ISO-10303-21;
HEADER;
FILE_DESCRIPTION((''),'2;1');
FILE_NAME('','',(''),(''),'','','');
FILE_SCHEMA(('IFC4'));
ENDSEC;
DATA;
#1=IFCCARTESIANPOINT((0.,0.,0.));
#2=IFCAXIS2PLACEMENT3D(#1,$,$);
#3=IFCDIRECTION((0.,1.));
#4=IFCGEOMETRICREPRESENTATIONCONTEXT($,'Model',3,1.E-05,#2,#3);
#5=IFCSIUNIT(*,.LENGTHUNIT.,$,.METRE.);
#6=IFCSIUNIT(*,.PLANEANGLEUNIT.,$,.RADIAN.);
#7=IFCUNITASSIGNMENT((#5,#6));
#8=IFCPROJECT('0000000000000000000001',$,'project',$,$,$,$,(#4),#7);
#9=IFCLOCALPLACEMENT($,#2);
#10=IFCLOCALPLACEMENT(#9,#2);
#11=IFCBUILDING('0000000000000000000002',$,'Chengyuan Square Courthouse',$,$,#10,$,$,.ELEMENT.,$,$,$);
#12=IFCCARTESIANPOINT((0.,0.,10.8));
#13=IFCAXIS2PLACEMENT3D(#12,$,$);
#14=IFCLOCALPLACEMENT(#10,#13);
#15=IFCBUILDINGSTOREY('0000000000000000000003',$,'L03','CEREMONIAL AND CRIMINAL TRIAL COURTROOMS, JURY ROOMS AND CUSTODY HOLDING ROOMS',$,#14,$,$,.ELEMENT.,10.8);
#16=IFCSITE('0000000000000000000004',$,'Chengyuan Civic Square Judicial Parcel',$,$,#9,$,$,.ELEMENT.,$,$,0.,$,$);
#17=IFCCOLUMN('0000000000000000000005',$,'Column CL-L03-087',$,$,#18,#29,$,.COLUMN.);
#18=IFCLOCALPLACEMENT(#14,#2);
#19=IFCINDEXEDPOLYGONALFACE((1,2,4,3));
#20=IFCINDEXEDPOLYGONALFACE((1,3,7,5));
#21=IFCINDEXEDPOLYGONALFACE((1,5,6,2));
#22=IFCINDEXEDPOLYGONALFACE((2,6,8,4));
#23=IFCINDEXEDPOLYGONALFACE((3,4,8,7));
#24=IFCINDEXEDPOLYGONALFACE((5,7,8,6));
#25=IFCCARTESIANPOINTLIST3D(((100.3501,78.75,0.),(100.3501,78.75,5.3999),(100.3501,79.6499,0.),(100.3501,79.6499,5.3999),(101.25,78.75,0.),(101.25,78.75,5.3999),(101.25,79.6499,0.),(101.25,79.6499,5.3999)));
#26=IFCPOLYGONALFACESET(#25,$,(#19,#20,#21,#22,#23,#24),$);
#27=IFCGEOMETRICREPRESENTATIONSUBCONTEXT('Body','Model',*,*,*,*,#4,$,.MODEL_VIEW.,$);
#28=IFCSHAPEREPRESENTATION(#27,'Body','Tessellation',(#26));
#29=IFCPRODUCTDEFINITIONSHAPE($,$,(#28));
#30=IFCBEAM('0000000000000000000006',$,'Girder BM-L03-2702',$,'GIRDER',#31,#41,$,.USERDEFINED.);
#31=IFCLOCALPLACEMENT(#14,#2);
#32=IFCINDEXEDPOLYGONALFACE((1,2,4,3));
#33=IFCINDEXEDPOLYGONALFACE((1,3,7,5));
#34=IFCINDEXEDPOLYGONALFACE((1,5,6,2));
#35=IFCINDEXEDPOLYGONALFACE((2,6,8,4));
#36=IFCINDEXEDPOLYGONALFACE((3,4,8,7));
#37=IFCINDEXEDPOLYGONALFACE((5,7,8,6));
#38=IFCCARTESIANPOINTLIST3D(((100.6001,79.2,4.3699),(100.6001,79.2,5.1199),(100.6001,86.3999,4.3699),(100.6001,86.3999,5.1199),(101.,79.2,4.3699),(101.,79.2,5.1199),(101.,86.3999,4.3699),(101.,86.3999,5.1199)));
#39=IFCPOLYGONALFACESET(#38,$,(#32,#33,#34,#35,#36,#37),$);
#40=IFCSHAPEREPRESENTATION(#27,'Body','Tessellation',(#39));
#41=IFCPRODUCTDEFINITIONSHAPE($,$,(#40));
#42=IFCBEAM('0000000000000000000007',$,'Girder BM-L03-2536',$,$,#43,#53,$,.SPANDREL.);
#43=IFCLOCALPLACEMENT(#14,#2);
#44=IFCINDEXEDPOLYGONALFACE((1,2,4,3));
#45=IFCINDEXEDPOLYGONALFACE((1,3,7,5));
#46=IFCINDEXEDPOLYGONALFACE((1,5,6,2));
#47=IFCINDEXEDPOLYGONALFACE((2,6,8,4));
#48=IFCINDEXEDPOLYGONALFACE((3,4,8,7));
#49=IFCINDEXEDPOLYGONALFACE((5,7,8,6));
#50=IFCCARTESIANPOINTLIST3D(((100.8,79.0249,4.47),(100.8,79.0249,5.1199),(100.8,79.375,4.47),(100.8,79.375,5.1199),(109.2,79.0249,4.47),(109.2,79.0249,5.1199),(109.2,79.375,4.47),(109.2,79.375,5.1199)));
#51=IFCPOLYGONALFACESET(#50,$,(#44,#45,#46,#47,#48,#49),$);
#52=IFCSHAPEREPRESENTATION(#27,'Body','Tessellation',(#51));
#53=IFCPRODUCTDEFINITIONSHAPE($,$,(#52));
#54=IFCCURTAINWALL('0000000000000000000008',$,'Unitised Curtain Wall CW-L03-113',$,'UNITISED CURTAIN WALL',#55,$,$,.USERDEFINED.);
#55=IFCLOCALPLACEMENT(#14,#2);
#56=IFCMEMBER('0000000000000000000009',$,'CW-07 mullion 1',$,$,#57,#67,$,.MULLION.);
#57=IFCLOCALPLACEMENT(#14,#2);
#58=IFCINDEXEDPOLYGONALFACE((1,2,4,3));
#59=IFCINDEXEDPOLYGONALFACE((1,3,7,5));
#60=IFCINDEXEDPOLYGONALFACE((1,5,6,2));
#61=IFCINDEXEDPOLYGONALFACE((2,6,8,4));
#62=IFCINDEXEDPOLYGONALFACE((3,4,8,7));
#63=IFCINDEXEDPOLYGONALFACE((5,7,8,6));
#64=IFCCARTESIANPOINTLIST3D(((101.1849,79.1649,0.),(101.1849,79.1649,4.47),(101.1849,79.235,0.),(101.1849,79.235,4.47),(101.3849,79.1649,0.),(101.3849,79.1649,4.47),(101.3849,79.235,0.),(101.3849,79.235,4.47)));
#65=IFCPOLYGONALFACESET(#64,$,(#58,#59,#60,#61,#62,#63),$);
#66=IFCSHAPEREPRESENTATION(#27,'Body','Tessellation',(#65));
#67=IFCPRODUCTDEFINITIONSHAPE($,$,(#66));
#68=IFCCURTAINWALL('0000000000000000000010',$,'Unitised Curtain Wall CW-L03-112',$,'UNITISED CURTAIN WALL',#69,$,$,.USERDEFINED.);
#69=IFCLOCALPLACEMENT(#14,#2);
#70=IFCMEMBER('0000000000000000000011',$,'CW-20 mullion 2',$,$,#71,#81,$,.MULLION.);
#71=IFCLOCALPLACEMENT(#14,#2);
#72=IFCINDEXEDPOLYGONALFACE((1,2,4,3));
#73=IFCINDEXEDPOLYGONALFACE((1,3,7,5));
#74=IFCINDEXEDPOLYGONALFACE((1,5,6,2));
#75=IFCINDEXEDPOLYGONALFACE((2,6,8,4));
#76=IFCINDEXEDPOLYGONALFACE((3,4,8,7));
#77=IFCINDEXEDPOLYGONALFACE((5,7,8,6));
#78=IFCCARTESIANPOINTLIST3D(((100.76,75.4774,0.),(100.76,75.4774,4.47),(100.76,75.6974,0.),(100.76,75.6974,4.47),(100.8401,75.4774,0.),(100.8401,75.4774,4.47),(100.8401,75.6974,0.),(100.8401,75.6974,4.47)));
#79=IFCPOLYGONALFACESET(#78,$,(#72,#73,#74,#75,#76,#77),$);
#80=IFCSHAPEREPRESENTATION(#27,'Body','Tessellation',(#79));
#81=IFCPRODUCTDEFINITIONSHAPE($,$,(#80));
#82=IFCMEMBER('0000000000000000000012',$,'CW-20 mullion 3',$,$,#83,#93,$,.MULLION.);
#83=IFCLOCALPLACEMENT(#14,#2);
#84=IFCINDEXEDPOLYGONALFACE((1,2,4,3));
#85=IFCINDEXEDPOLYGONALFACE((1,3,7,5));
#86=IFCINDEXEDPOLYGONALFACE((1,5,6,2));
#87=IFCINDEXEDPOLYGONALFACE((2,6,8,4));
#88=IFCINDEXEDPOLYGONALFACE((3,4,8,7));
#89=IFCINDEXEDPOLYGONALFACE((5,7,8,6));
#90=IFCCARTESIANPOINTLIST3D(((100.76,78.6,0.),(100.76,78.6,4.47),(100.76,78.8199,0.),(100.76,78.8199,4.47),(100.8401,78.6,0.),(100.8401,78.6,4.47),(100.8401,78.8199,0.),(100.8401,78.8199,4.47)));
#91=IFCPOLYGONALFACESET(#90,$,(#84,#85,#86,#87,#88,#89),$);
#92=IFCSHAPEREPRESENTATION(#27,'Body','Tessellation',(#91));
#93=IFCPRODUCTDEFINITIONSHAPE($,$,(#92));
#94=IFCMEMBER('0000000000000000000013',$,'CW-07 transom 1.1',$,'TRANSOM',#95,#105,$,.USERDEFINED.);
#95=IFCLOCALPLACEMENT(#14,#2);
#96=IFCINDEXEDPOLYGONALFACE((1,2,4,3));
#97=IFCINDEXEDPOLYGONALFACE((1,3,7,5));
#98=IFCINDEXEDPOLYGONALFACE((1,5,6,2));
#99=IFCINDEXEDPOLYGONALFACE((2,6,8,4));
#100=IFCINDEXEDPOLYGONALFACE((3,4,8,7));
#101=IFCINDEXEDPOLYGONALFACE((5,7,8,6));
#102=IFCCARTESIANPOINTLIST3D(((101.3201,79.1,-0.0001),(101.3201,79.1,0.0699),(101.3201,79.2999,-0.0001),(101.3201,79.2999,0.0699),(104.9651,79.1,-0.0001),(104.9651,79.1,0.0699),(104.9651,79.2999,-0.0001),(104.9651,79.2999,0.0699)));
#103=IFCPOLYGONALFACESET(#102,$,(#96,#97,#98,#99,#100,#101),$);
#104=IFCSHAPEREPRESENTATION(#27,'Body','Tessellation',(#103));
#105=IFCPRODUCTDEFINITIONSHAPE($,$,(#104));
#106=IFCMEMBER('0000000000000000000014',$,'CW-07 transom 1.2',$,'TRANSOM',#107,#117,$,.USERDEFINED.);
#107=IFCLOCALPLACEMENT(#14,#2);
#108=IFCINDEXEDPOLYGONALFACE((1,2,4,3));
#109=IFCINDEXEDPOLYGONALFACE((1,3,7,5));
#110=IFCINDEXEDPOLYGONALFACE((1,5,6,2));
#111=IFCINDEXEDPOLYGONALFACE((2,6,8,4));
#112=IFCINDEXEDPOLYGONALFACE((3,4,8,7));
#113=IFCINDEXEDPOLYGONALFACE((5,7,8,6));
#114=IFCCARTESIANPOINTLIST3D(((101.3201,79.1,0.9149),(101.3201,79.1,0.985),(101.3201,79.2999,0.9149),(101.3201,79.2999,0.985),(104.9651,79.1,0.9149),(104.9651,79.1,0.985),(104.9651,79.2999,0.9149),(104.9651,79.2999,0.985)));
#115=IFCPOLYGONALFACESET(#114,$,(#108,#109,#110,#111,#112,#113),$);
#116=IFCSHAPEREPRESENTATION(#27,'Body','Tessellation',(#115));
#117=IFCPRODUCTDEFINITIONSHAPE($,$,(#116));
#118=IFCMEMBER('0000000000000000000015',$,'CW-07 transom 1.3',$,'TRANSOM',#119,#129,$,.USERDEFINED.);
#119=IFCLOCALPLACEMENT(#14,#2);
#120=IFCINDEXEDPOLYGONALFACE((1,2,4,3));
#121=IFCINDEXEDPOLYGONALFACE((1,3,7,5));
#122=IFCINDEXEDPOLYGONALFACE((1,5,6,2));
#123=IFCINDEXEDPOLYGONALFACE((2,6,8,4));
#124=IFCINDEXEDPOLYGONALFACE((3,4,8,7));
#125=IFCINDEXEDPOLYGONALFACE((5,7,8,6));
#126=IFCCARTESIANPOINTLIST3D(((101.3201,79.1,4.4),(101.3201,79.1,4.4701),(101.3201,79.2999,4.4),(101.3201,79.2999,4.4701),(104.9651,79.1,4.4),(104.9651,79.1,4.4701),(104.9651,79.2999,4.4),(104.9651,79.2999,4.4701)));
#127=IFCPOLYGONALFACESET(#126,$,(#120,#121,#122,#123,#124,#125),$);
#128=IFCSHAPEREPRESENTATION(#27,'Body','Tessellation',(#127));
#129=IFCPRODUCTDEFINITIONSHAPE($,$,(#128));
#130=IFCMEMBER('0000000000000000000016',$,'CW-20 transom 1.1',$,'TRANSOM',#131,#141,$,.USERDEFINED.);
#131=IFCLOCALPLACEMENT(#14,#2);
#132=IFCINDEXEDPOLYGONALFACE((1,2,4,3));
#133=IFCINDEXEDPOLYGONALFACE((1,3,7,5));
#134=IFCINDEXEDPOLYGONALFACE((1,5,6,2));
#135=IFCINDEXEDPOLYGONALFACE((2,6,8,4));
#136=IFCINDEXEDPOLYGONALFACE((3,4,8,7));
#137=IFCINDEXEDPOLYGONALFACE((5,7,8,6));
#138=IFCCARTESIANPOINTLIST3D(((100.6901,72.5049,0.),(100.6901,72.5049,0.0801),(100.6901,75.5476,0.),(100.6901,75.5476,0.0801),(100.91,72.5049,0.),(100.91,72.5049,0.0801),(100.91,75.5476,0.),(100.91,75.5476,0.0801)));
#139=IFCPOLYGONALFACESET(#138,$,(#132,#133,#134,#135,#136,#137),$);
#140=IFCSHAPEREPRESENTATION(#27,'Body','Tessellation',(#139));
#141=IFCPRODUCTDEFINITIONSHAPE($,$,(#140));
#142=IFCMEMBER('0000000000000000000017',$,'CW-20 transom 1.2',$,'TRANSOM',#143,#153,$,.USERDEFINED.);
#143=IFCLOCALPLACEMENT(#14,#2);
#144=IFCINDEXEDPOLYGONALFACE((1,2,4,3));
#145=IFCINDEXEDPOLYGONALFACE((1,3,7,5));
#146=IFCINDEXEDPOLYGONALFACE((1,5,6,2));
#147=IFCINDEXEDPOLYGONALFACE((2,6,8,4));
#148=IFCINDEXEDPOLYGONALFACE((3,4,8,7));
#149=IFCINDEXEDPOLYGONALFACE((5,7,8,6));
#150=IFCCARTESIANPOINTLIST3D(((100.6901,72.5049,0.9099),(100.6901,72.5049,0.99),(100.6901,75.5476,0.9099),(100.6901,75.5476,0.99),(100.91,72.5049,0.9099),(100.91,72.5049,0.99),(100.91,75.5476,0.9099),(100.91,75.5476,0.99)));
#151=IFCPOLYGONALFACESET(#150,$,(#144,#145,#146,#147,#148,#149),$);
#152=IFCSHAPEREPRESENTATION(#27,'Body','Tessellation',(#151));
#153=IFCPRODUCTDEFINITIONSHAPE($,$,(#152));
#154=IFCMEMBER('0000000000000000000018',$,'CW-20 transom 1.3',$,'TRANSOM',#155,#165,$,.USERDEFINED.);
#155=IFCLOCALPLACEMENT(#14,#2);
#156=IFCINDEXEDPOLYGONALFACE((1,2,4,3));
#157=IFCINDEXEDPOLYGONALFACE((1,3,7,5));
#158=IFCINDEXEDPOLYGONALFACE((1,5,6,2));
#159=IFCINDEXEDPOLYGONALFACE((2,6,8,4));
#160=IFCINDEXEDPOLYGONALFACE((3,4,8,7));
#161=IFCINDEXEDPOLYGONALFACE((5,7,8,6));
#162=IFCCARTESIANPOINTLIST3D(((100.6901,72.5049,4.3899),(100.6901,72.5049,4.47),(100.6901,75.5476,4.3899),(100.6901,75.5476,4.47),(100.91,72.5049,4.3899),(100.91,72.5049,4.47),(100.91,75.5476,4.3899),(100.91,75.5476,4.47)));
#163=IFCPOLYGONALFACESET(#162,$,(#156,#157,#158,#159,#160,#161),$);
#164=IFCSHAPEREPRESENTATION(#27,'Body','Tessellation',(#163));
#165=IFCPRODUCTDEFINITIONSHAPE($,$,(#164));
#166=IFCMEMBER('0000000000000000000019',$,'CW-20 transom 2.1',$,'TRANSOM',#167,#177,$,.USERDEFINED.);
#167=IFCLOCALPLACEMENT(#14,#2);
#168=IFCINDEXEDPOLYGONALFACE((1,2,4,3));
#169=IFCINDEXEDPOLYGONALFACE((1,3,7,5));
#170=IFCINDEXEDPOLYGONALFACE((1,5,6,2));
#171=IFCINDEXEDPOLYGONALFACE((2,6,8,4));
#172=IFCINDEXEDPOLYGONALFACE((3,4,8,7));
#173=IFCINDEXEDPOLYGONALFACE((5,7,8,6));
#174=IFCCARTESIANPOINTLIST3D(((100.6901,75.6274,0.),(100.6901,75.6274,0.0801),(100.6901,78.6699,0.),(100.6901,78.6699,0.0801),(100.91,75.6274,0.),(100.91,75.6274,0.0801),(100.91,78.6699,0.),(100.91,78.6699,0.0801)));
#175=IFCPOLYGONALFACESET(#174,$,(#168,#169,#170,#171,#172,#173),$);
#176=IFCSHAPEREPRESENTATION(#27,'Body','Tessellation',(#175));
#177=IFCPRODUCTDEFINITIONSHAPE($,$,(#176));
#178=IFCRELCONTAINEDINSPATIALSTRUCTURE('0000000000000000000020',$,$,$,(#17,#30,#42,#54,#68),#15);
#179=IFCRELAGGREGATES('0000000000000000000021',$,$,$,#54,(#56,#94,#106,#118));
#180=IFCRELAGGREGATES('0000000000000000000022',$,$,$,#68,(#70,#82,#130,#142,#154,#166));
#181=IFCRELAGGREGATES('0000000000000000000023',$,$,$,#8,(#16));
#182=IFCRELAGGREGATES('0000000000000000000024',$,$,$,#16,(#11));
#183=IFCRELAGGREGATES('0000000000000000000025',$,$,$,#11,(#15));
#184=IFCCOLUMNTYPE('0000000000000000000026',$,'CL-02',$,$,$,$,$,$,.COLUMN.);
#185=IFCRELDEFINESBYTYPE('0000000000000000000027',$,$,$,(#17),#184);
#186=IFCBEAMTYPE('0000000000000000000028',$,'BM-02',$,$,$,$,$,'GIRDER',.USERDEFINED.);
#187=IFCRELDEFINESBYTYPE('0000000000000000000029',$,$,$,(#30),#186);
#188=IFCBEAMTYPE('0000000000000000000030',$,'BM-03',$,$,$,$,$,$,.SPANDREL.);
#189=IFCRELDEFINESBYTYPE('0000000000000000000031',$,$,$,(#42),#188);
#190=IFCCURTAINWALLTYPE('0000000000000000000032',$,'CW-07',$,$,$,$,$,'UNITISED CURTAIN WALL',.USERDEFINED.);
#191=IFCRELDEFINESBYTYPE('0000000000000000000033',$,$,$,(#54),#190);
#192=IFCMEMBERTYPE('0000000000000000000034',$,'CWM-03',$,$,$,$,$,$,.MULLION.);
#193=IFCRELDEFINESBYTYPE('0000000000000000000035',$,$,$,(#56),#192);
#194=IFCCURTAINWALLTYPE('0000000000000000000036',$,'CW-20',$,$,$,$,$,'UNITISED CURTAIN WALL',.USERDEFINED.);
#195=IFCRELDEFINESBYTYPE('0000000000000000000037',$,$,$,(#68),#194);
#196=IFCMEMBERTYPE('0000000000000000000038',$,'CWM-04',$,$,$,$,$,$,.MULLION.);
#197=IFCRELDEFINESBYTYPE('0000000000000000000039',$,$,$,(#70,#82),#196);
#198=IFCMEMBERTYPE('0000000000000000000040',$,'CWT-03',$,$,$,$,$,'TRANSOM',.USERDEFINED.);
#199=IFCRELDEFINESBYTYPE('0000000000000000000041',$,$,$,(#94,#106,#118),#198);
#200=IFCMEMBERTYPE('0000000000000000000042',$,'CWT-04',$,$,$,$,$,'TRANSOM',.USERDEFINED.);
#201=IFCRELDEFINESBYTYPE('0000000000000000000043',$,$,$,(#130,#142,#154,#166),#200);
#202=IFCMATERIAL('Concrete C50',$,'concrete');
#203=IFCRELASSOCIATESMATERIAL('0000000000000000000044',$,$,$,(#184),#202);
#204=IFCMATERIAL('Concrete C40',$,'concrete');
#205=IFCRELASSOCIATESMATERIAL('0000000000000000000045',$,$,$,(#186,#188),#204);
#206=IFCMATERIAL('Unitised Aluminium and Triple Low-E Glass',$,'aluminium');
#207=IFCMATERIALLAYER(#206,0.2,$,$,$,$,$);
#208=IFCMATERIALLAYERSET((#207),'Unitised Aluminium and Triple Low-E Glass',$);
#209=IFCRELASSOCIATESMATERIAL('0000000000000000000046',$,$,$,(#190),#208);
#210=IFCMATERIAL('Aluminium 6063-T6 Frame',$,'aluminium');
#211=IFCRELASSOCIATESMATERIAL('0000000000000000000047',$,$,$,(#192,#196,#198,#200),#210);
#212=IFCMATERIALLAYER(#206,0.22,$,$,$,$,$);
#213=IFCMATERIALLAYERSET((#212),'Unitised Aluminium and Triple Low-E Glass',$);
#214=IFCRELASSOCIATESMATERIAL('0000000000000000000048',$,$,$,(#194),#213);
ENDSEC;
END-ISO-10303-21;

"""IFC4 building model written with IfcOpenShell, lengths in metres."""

from ifc_helpers import new_model, si_unit, direction, frame, origin, origin_2d, place, context, subcontext, project, spatial, rectangle, extrude, material, layer, layer_set, material_profile, profile_set, type_object, element, aggregate, save


model = new_model("IFC4")

# Units and contexts
model_context = context("Model", 3, precision=1e-05, world=origin(), true_north=direction((0.0, 1.0)))
body_context = subcontext(model_context, "Body", "Model", "MODEL_VIEW")
ifc_project = project(units=[si_unit("LENGTHUNIT", "METRE"), si_unit("PLANEANGLEUNIT", "RADIAN")], contexts=[model_context])

# Site, building, storey
site_placement = place(None, origin())
site = spatial("IfcSite", under=ifc_project, at=site_placement, Name="Chengyuan Civic Square Judicial Parcel", CompositionType="ELEMENT", RefElevation=0.0)
building_placement = place(site_placement, origin())
building = spatial("IfcBuilding", under=site, at=building_placement, Name="Chengyuan Square Courthouse", CompositionType="ELEMENT")
storey_placement = place(building_placement, frame((0.0, 0.0, 10.8)))
storey = spatial("IfcBuildingStorey", under=building, at=storey_placement, Name="L03", Description="CEREMONIAL AND CRIMINAL TRIAL COURTROOMS, JURY ROOMS AND CUSTODY HOLDING ROOMS", CompositionType="ELEMENT", Elevation=10.8)

# Column
ifc_material_1 = material(Name="Concrete C50", Category="concrete")
ifc_material_profile_1 = material_profile(ifc_material_1, rectangle(XDim=0.8999, YDim=0.8999, at=origin_2d()), Name="RC-COL-900x900")
ifc_profile_set_1 = profile_set([ifc_material_profile_1], Name="Concrete C50")
column_type = type_object("IfcColumnType", Name="CL-02", PredefinedType="COLUMN", material=ifc_profile_set_1)
column_placement = place(storey_placement, frame((100.8, 79.2, 0.0), z_axis=(0.0, 0.0, 1.0), x_axis=(1.0, 0.0, 0.0)))
element("IfcColumn", 1, at=column_placement, inside=storey, type_object=column_type, Name="Column CL-L03-087", PredefinedType="COLUMN", context=body_context, shape_type="SweptSolid", body=[
    extrude(rectangle(XDim=0.8999, YDim=0.8999, at=origin_2d()), origin(), (0.0, 0.0, 1.0), 5.3999),
])

# Beams
ifc_material_2 = material(Name="Concrete C40", Category="concrete")
ifc_material_profile_2 = material_profile(ifc_material_2, rectangle(XDim=0.3999, YDim=0.75, at=origin_2d()), Name="RC-BM-400x750")
ifc_profile_set_2 = profile_set([ifc_material_profile_2], Name="Concrete C40")
beam_type_1 = type_object("IfcBeamType", Name="BM-02", ElementType="GIRDER", PredefinedType="USERDEFINED", material=ifc_profile_set_2)
beam_1_placement = place(storey_placement, frame((100.8, 79.2, 4.7449), z_axis=(0.0, 1.0, 0.0), x_axis=(-1.0, 0.0, 0.0)))
element("IfcBeam", 2, at=beam_1_placement, inside=storey, type_object=beam_type_1, Name="Girder BM-L03-2702", ObjectType="GIRDER", PredefinedType="USERDEFINED", context=body_context, shape_type="SweptSolid", body=[
    extrude(rectangle(XDim=0.3999, YDim=0.75, at=origin_2d()), origin(), (0.0, 0.0, 1.0), 7.2),
])
ifc_material_profile_3 = material_profile(ifc_material_2, rectangle(XDim=0.3501, YDim=0.6499, at=origin_2d()), Name="RC-BM-350x650")
ifc_profile_set_3 = profile_set([ifc_material_profile_3], Name="Concrete C40")
beam_type_2 = type_object("IfcBeamType", Name="BM-03", PredefinedType="SPANDREL", material=ifc_profile_set_3)
beam_2_placement = place(storey_placement, frame((100.8, 79.2, 4.7949), z_axis=(1.0, 0.0, 0.0), x_axis=(0.0, 1.0, 0.0)))
element("IfcBeam", 3, at=beam_2_placement, inside=storey, type_object=beam_type_2, Name="Girder BM-L03-2536", PredefinedType="SPANDREL", context=body_context, shape_type="SweptSolid", body=[
    extrude(rectangle(XDim=0.3501, YDim=0.6499, at=origin_2d()), origin(), (0.0, 0.0, 1.0), 8.3999),
])

# Curtain wall, member
ifc_material_3 = material(Name="Unitised Aluminium and Triple Low-E Glass", Category="aluminium")
ifc_layer_1 = layer(ifc_material_3, 0.2)
ifc_layer_set_1 = layer_set([ifc_layer_1], Name="Unitised Aluminium and Triple Low-E Glass")
curtain_wall_type_1 = type_object("IfcCurtainWallType", Name="CW-07", ElementType="UNITISED CURTAIN WALL", PredefinedType="USERDEFINED", material=ifc_layer_set_1)
curtain_wall_1_placement = place(storey_placement, origin())
curtain_wall_1 = element("IfcCurtainWall", 4, at=curtain_wall_1_placement, inside=storey, type_object=curtain_wall_type_1, Name="Unitised Curtain Wall CW-L03-113", ObjectType="UNITISED CURTAIN WALL", PredefinedType="USERDEFINED")
ifc_material_4 = material(Name="Aluminium 6063-T6 Frame", Category="aluminium")
ifc_material_profile_4 = material_profile(ifc_material_4, rectangle(XDim=0.0701, YDim=0.2, at=origin_2d()), Name="CW-MUL-70x200")
ifc_profile_set_4 = profile_set([ifc_material_profile_4], Name="Aluminium 6063-T6 Frame")
member_type_1 = type_object("IfcMemberType", Name="CWM-03", PredefinedType="MULLION", material=ifc_profile_set_4)
member_1_placement = place(storey_placement, frame((101.2849, 79.2, 0.0), z_axis=(0.0, 0.0, 1.0), x_axis=(0.0, 1.0, 0.0)))
member_1 = element("IfcMember", 5, at=member_1_placement, type_object=member_type_1, Name="CW-07 mullion 1", PredefinedType="MULLION", context=body_context, shape_type="SweptSolid", body=[
    extrude(rectangle(XDim=0.0701, YDim=0.2, at=origin_2d()), origin(), (0.0, 0.0, 1.0), 4.47),
])

# Curtain wall, members
ifc_layer_2 = layer(ifc_material_3, 0.22)
ifc_layer_set_2 = layer_set([ifc_layer_2], Name="Unitised Aluminium and Triple Low-E Glass")
curtain_wall_type_2 = type_object("IfcCurtainWallType", Name="CW-20", ElementType="UNITISED CURTAIN WALL", PredefinedType="USERDEFINED", material=ifc_layer_set_2)
curtain_wall_2_placement = place(storey_placement, origin())
curtain_wall_2 = element("IfcCurtainWall", 6, at=curtain_wall_2_placement, inside=storey, type_object=curtain_wall_type_2, Name="Unitised Curtain Wall CW-L03-112", ObjectType="UNITISED CURTAIN WALL", PredefinedType="USERDEFINED")
ifc_material_profile_5 = material_profile(ifc_material_4, rectangle(XDim=0.0801, YDim=0.22, at=origin_2d()), Name="CW-MUL-80x220")
ifc_profile_set_5 = profile_set([ifc_material_profile_5], Name="Aluminium 6063-T6 Frame")
member_type_2 = type_object("IfcMemberType", Name="CWM-04", PredefinedType="MULLION", material=ifc_profile_set_5)
member_2_placement = place(storey_placement, frame((100.8, 75.5874, 0.0), z_axis=(0.0, 0.0, 1.0), x_axis=(-1.0, 0.0, 0.0)))
member_2 = element("IfcMember", 7, at=member_2_placement, type_object=member_type_2, Name="CW-20 mullion 2", PredefinedType="MULLION", context=body_context, shape_type="SweptSolid", body=[
    extrude(rectangle(XDim=0.0801, YDim=0.22, at=origin_2d()), origin(), (0.0, 0.0, 1.0), 4.47),
])
member_3_placement = place(storey_placement, frame((100.8, 78.71, 0.0), z_axis=(0.0, 0.0, 1.0), x_axis=(-1.0, 0.0, 0.0)))
member_3 = element("IfcMember", 8, at=member_3_placement, type_object=member_type_2, Name="CW-20 mullion 3", PredefinedType="MULLION", context=body_context, shape_type="SweptSolid", body=[
    extrude(rectangle(XDim=0.0801, YDim=0.22, at=origin_2d()), origin(), (0.0, 0.0, 1.0), 4.47),
])

# Members
ifc_material_profile_6 = material_profile(ifc_material_4, rectangle(XDim=0.2, YDim=0.0701, at=origin_2d()), Name="CW-TRN-70x160")
ifc_profile_set_6 = profile_set([ifc_material_profile_6], Name="Aluminium 6063-T6 Frame")
member_type_3 = type_object("IfcMemberType", Name="CWT-03", ElementType="TRANSOM", PredefinedType="USERDEFINED", material=ifc_profile_set_6)
member_4_placement = place(storey_placement, frame((101.3201, 79.2, 0.0349), z_axis=(1.0, 0.0, 0.0), x_axis=(0.0, 1.0, 0.0)))
member_4 = element("IfcMember", 9, at=member_4_placement, type_object=member_type_3, Name="CW-07 transom 1.1", ObjectType="TRANSOM", PredefinedType="USERDEFINED", context=body_context, shape_type="SweptSolid", body=[
    extrude(rectangle(XDim=0.2, YDim=0.0701, at=origin_2d()), origin(), (0.0, 0.0, 1.0), 3.645),
])
member_5_placement = place(storey_placement, frame((101.3201, 79.2, 0.95), z_axis=(1.0, 0.0, 0.0), x_axis=(0.0, 1.0, 0.0)))
member_5 = element("IfcMember", 10, at=member_5_placement, type_object=member_type_3, Name="CW-07 transom 1.2", ObjectType="TRANSOM", PredefinedType="USERDEFINED", context=body_context, shape_type="SweptSolid", body=[
    extrude(rectangle(XDim=0.2, YDim=0.0701, at=origin_2d()), origin(), (0.0, 0.0, 1.0), 3.645),
])
member_6_placement = place(storey_placement, frame((101.3201, 79.2, 4.4351), z_axis=(1.0, 0.0, 0.0), x_axis=(0.0, 1.0, 0.0)))
member_6 = element("IfcMember", 11, at=member_6_placement, type_object=member_type_3, Name="CW-07 transom 1.3", ObjectType="TRANSOM", PredefinedType="USERDEFINED", context=body_context, shape_type="SweptSolid", body=[
    extrude(rectangle(XDim=0.2, YDim=0.0701, at=origin_2d()), origin(), (0.0, 0.0, 1.0), 3.645),
])
ifc_material_profile_7 = material_profile(ifc_material_4, rectangle(XDim=0.22, YDim=0.0801, at=origin_2d()), Name="CW-TRN-80x180")
ifc_profile_set_7 = profile_set([ifc_material_profile_7], Name="Aluminium 6063-T6 Frame")
member_type_4 = type_object("IfcMemberType", Name="CWT-04", ElementType="TRANSOM", PredefinedType="USERDEFINED", material=ifc_profile_set_7)
member_7_placement = place(storey_placement, frame((100.8, 72.5049, 0.04), z_axis=(0.0, 1.0, 0.0), x_axis=(-1.0, 0.0, 0.0)))
member_7 = element("IfcMember", 12, at=member_7_placement, type_object=member_type_4, Name="CW-20 transom 1.1", ObjectType="TRANSOM", PredefinedType="USERDEFINED", context=body_context, shape_type="SweptSolid", body=[
    extrude(rectangle(XDim=0.22, YDim=0.0801, at=origin_2d()), origin(), (0.0, 0.0, 1.0), 3.0427),
])
member_8_placement = place(storey_placement, frame((100.8, 72.5049, 0.95), z_axis=(0.0, 1.0, 0.0), x_axis=(-1.0, 0.0, 0.0)))
member_8 = element("IfcMember", 13, at=member_8_placement, type_object=member_type_4, Name="CW-20 transom 1.2", ObjectType="TRANSOM", PredefinedType="USERDEFINED", context=body_context, shape_type="SweptSolid", body=[
    extrude(rectangle(XDim=0.22, YDim=0.0801, at=origin_2d()), origin(), (0.0, 0.0, 1.0), 3.0427),
])
member_9_placement = place(storey_placement, frame((100.8, 72.5049, 4.4299), z_axis=(0.0, 1.0, 0.0), x_axis=(-1.0, 0.0, 0.0)))
member_9 = element("IfcMember", 14, at=member_9_placement, type_object=member_type_4, Name="CW-20 transom 1.3", ObjectType="TRANSOM", PredefinedType="USERDEFINED", context=body_context, shape_type="SweptSolid", body=[
    extrude(rectangle(XDim=0.22, YDim=0.0801, at=origin_2d()), origin(), (0.0, 0.0, 1.0), 3.0427),
])
member_10_placement = place(storey_placement, frame((100.8, 75.6274, 0.04), z_axis=(0.0, 1.0, 0.0), x_axis=(-1.0, 0.0, 0.0)))
member_10 = element("IfcMember", 15, at=member_10_placement, type_object=member_type_4, Name="CW-20 transom 2.1", ObjectType="TRANSOM", PredefinedType="USERDEFINED", context=body_context, shape_type="SweptSolid", body=[
    extrude(rectangle(XDim=0.22, YDim=0.0801, at=origin_2d()), origin(), (0.0, 0.0, 1.0), 3.0425),
])

aggregate(curtain_wall_1, [member_1, member_4, member_5, member_6])
aggregate(curtain_wall_2, [member_2, member_3, member_7, member_8, member_9, member_10])

save(model, "model.ifc")
